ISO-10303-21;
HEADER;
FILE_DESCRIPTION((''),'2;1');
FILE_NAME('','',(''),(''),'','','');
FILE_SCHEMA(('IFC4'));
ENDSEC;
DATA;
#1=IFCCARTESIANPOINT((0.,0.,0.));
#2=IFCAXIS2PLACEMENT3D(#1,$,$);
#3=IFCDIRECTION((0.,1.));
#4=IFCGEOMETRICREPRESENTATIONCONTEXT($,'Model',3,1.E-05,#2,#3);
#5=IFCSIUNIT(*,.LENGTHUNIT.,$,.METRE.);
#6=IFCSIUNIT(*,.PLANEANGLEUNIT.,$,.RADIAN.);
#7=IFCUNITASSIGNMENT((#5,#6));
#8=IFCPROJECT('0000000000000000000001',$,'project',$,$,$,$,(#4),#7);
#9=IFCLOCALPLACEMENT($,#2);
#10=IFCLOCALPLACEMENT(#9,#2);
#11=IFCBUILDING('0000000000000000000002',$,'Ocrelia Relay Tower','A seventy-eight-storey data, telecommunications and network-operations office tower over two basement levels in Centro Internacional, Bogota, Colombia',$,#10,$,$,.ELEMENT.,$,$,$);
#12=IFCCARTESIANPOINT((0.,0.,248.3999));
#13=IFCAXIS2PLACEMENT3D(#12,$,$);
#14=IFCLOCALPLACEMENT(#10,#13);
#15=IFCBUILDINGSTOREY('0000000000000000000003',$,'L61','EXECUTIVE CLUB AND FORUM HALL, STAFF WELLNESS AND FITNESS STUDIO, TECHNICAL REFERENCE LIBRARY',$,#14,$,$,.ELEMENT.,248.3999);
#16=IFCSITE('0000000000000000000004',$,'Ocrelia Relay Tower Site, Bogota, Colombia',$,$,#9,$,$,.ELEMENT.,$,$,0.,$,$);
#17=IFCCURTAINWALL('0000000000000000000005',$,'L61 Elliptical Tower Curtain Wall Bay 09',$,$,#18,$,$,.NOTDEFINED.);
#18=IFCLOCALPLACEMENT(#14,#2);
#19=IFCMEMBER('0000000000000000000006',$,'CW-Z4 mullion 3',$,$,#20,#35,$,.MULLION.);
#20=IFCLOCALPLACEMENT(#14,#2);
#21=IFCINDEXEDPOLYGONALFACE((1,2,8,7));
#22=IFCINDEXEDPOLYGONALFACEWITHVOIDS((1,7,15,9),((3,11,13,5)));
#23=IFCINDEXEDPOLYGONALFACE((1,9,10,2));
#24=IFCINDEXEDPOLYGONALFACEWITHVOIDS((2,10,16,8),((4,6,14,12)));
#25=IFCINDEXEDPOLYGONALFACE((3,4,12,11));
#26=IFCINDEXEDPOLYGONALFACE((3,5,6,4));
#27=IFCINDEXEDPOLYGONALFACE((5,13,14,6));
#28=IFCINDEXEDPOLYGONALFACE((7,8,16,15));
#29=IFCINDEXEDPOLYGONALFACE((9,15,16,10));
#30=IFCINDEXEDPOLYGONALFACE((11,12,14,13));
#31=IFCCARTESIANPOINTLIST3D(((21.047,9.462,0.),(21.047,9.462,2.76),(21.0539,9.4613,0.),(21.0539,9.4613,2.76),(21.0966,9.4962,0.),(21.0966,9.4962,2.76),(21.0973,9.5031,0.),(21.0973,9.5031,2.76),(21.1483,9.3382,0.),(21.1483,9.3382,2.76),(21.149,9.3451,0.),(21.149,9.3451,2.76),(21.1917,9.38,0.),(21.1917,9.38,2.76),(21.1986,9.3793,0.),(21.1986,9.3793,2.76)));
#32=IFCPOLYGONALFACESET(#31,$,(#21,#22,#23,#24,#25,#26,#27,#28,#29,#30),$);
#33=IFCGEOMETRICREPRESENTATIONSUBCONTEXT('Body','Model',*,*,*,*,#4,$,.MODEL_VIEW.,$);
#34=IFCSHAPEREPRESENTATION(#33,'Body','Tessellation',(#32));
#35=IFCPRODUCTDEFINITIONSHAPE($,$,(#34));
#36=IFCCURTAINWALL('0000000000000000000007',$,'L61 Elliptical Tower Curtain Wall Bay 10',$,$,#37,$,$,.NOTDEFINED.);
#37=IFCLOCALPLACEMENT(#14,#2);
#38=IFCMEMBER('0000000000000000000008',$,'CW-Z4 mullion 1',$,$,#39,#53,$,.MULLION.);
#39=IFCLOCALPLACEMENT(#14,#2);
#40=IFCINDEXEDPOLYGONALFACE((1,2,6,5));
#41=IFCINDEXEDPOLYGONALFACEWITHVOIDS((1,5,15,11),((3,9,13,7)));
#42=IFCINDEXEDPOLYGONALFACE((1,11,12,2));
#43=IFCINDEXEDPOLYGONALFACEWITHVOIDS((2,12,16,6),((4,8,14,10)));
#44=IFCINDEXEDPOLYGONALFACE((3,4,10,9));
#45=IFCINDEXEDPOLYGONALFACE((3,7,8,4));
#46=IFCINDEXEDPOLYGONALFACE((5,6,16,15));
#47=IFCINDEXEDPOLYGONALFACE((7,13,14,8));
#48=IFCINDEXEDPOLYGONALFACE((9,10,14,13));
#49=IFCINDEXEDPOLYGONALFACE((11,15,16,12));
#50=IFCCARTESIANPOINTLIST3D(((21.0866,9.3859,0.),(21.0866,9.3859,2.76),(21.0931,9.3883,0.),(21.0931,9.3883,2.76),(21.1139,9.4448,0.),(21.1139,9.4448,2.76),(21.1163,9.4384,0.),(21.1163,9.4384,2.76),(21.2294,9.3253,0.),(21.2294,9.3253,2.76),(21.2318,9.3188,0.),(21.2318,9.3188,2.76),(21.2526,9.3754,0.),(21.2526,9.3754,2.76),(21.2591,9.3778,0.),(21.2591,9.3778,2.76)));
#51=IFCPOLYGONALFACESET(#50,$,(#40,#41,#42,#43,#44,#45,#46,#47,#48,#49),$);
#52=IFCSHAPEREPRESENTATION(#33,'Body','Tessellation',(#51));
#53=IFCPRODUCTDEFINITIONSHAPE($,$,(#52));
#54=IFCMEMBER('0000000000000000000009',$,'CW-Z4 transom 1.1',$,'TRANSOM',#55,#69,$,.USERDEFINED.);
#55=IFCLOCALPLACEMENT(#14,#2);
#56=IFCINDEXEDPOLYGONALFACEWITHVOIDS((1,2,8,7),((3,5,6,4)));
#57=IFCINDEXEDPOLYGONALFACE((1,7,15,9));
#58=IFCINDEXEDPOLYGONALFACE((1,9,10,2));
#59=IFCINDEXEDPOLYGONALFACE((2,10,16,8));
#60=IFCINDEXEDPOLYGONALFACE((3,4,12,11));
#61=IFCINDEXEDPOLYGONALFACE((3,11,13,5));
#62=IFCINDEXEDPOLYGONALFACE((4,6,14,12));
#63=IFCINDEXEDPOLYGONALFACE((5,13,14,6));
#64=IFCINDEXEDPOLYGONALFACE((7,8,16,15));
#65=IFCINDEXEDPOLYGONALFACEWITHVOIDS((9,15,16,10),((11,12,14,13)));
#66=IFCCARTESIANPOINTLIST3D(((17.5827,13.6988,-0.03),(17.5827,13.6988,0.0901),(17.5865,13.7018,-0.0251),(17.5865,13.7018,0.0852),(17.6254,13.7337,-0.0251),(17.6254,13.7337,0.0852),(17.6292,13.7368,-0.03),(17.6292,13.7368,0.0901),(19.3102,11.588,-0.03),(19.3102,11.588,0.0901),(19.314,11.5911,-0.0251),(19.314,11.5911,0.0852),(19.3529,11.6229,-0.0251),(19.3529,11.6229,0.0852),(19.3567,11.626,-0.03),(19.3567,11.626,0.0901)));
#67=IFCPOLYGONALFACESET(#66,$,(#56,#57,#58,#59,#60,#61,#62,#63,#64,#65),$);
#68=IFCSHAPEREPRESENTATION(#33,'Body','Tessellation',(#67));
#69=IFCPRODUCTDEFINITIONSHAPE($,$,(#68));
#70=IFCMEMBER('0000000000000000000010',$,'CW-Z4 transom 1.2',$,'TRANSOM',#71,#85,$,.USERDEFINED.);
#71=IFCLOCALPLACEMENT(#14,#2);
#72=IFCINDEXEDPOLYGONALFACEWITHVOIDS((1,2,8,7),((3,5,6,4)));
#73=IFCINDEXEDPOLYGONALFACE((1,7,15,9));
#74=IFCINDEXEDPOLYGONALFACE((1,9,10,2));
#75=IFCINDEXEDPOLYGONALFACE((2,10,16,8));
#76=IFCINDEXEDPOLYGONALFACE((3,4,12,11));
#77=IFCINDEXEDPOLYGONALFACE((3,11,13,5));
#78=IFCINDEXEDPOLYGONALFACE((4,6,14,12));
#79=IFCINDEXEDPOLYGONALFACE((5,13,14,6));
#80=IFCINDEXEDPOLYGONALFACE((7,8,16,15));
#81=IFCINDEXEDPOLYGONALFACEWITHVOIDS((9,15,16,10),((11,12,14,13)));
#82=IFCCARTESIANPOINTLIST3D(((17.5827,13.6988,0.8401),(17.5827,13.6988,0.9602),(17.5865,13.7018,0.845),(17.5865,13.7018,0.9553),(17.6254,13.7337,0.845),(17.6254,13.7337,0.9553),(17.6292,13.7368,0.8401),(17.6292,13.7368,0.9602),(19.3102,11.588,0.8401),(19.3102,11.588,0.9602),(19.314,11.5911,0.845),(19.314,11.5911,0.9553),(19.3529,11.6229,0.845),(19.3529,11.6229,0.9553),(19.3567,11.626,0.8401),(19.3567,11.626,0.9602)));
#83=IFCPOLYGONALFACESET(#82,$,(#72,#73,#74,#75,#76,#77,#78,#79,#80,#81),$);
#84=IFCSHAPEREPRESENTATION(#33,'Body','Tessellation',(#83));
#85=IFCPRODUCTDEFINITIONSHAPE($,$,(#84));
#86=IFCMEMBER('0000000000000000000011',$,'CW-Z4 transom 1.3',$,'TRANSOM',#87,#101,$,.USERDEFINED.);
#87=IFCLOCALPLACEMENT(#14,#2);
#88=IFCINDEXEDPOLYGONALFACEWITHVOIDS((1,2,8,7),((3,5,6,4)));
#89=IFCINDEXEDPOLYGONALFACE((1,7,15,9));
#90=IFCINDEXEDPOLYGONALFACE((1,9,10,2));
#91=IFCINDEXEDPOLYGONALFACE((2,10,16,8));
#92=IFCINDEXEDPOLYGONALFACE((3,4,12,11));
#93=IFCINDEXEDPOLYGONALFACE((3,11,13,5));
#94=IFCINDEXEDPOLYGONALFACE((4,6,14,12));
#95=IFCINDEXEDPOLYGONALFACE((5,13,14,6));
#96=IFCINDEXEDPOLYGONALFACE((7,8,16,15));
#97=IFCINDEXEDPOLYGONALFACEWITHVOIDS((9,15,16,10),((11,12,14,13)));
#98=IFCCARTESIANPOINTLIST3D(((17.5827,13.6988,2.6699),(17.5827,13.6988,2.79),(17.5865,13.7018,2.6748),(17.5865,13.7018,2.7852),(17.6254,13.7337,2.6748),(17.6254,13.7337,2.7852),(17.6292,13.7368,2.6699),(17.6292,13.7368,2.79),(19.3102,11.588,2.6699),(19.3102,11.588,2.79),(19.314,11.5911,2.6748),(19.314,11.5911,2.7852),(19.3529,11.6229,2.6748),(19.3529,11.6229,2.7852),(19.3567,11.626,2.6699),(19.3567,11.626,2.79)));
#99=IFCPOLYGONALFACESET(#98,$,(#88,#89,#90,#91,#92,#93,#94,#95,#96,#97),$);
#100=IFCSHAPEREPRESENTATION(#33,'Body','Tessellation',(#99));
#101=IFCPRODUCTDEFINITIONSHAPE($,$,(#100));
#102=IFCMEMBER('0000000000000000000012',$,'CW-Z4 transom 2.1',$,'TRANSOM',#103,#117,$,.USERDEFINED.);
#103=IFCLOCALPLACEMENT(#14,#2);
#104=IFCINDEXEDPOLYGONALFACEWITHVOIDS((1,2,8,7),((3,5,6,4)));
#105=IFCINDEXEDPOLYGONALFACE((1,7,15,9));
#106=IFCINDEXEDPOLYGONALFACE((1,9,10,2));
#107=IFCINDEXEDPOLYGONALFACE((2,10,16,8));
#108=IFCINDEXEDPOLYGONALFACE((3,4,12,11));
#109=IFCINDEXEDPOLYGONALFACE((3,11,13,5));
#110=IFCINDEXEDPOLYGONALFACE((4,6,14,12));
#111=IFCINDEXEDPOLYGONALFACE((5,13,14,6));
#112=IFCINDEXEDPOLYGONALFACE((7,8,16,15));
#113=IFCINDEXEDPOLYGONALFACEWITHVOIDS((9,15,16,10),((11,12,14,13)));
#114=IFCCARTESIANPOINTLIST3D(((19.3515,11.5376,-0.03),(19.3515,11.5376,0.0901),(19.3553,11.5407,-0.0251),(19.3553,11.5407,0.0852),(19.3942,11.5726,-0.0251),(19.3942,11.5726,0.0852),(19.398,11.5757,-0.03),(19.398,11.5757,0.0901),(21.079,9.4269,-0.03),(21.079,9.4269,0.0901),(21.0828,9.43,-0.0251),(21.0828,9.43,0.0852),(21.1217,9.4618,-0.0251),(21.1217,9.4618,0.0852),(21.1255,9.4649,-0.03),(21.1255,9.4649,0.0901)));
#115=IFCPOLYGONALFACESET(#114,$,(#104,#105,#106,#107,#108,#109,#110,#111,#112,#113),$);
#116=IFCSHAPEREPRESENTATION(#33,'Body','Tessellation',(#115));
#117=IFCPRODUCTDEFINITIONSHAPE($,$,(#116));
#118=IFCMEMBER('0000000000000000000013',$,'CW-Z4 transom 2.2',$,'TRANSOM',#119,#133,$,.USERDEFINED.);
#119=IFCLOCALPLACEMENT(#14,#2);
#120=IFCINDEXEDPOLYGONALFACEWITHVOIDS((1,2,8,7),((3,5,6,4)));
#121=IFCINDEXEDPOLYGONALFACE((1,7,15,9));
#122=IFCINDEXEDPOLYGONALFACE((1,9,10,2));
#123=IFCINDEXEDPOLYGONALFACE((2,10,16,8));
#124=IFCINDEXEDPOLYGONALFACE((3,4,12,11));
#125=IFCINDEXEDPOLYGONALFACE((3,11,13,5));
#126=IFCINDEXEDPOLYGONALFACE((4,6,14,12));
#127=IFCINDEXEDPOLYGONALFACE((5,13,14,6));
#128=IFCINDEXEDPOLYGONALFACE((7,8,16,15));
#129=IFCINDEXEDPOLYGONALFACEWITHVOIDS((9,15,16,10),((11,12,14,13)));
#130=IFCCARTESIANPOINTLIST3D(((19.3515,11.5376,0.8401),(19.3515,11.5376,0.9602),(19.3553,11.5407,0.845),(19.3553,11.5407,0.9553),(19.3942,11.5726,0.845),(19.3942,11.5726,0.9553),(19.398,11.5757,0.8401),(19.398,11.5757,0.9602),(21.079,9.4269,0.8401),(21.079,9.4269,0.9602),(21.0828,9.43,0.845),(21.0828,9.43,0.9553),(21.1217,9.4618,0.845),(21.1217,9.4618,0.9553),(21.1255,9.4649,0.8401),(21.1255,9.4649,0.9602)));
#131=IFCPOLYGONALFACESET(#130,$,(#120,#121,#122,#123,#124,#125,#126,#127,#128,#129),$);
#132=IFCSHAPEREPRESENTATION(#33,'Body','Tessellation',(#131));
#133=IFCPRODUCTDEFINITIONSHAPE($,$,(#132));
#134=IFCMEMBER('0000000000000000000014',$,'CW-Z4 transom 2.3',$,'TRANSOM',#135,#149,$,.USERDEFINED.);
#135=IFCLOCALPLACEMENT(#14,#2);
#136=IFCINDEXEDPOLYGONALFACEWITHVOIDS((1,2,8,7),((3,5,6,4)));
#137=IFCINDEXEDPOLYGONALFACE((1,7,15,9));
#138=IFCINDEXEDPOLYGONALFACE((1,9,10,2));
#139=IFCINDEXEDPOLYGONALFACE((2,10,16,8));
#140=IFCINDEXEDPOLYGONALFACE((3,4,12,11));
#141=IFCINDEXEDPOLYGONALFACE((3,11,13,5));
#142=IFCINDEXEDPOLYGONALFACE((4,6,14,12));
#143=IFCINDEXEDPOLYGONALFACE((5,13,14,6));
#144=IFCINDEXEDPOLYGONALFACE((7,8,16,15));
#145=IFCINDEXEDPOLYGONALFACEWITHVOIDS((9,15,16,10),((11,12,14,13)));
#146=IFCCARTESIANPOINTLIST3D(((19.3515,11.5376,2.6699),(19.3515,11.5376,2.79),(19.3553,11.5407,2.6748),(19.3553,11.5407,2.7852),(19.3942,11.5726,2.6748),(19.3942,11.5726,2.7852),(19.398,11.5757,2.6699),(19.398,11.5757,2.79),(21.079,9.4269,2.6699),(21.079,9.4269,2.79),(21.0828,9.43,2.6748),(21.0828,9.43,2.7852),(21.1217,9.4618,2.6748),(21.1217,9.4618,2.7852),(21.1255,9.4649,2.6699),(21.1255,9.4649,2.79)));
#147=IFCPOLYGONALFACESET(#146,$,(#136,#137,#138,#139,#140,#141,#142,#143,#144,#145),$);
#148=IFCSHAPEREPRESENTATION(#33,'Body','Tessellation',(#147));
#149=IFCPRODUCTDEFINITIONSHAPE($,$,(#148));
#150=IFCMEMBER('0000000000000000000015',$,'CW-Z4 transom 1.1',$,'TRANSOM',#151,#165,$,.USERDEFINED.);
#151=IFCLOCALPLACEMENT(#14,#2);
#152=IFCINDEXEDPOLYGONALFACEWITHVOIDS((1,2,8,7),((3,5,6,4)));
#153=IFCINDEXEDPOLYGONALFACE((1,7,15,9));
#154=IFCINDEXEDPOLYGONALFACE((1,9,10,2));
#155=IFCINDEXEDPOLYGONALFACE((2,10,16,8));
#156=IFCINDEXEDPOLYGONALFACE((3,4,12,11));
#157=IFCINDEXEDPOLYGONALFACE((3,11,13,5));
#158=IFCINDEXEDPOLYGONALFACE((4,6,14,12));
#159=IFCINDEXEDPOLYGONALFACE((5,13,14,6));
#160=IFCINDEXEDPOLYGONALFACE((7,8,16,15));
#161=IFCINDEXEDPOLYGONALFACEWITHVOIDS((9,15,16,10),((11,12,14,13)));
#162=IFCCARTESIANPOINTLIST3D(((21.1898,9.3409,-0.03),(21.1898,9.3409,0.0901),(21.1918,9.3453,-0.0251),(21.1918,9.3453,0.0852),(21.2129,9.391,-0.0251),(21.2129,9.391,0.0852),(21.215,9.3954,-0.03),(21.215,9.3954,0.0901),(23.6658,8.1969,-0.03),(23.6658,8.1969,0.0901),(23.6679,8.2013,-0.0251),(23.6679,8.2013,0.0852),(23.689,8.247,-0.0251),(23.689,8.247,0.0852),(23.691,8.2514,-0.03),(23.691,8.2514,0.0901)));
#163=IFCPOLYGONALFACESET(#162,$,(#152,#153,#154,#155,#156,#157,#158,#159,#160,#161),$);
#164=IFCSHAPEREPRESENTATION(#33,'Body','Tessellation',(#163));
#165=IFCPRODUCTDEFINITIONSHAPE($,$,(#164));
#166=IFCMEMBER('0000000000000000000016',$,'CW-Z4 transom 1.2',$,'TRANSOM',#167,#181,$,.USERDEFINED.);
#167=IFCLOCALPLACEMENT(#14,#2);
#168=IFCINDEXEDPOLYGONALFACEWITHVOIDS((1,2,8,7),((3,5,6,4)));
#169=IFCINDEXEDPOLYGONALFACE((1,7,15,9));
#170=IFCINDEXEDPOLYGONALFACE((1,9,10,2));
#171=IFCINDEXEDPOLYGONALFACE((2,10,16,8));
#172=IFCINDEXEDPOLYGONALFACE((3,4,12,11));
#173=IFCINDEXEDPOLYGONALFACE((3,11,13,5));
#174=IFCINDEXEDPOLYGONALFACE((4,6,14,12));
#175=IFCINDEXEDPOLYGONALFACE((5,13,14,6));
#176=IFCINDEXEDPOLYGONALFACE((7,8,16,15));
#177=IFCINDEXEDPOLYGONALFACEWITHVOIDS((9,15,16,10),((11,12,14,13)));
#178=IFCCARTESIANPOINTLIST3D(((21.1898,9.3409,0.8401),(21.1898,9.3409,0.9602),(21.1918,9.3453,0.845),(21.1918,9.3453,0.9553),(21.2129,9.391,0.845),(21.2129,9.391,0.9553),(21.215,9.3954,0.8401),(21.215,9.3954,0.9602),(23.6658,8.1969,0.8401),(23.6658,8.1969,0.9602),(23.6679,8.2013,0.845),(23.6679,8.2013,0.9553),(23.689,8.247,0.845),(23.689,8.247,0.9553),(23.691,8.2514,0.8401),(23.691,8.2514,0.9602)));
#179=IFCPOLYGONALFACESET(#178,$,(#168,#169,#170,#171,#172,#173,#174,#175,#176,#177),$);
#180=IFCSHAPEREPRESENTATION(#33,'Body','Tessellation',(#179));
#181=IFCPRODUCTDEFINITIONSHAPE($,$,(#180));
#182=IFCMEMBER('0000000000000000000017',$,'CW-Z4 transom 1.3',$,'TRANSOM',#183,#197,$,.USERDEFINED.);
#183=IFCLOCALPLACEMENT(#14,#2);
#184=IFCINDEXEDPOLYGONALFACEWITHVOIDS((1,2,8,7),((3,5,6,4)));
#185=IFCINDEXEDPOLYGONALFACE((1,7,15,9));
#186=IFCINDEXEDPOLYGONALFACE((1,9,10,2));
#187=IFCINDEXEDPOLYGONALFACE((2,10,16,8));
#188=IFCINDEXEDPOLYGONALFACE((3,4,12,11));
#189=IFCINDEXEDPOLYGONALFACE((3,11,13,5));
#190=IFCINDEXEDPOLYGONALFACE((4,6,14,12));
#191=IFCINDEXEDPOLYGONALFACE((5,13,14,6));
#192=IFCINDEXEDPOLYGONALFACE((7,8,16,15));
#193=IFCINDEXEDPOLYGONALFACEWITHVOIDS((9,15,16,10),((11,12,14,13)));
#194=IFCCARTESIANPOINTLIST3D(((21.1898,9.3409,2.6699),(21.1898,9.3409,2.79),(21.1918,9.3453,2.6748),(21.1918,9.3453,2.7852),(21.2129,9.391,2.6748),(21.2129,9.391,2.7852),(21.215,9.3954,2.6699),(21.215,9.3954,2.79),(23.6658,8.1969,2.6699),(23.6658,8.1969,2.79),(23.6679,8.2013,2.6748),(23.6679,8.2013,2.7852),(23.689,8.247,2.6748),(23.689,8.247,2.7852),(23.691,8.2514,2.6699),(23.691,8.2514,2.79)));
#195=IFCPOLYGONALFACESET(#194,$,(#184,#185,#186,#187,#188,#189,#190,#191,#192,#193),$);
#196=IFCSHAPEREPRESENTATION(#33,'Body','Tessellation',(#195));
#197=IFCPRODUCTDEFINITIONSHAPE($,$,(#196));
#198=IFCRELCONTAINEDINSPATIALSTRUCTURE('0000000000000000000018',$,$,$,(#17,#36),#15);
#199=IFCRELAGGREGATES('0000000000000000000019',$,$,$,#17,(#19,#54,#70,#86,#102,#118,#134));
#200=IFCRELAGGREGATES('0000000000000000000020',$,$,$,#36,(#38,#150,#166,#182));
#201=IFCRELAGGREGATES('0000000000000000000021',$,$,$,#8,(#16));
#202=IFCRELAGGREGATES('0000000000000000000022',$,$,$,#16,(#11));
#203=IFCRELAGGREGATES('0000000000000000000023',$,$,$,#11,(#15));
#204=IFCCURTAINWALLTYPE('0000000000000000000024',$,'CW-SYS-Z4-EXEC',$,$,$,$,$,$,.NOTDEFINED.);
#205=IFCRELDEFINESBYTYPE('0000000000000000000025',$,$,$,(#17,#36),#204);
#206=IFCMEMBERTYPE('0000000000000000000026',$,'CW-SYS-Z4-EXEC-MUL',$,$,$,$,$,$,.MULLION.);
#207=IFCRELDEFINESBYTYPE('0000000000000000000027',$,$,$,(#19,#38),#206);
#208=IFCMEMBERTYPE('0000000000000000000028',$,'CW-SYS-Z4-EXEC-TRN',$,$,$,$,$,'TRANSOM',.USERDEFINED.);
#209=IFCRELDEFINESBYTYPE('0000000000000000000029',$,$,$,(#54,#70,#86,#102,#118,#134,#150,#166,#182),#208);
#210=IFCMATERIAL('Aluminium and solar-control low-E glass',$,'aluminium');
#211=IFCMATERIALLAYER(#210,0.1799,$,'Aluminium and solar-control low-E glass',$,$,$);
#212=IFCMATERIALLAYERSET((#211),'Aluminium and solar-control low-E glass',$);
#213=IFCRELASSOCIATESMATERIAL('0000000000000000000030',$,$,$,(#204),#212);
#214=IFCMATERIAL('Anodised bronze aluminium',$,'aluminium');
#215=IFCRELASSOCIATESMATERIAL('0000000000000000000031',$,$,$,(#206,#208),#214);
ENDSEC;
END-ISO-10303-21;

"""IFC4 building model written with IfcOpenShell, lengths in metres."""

from ifc_helpers import new_model, si_unit, direction, frame, origin, origin_2d, place, context, subcontext, project, spatial, hollow_rectangle, extrude, material, layer, layer_set, material_profile, profile_set, type_object, element, aggregate, save


model = new_model("IFC4")

# Units and contexts
model_context = context("Model", 3, precision=1e-05, world=origin(), true_north=direction((0.0, 1.0)))
body_context = subcontext(model_context, "Body", "Model", "MODEL_VIEW")
ifc_project = project(units=[si_unit("LENGTHUNIT", "METRE"), si_unit("PLANEANGLEUNIT", "RADIAN")], contexts=[model_context])

# Site, building, storey
site_placement = place(None, origin())
site = spatial("IfcSite", under=ifc_project, at=site_placement, Name="Ocrelia Relay Tower Site, Bogota, Colombia", CompositionType="ELEMENT", RefElevation=0.0)
building_placement = place(site_placement, origin())
building = spatial("IfcBuilding", under=site, at=building_placement, Name="Ocrelia Relay Tower", Description="A seventy-eight-storey data, telecommunications and network-operations office tower over two basement levels in Centro Internacional, Bogota, Colombia", CompositionType="ELEMENT")
storey_placement = place(building_placement, frame((0.0, 0.0, 248.3999)))
storey = spatial("IfcBuildingStorey", under=building, at=storey_placement, Name="L61", Description="EXECUTIVE CLUB AND FORUM HALL, STAFF WELLNESS AND FITNESS STUDIO, TECHNICAL REFERENCE LIBRARY", CompositionType="ELEMENT", Elevation=248.3999)

# Curtain wall, member
ifc_material_1 = material(Name="Aluminium and solar-control low-E glass", Category="aluminium")
ifc_layer_1 = layer(ifc_material_1, 0.1799, Name="Aluminium and solar-control low-E glass")
ifc_layer_set_1 = layer_set([ifc_layer_1], Name="Aluminium and solar-control low-E glass")
curtain_wall_type = type_object("IfcCurtainWallType", Name="CW-SYS-Z4-EXEC", PredefinedType="NOTDEFINED", material=ifc_layer_set_1)
curtain_wall_1_placement = place(storey_placement, origin())
curtain_wall_1 = element("IfcCurtainWall", 1, at=curtain_wall_1_placement, inside=storey, type_object=curtain_wall_type, Name="L61 Elliptical Tower Curtain Wall Bay 09", PredefinedType="NOTDEFINED")
ifc_material_2 = material(Name="Anodised bronze aluminium", Category="aluminium")
ifc_material_profile_1 = material_profile(ifc_material_2, hollow_rectangle(XDim=0.0649, YDim=0.1599, WallThickness=0.0049, at=origin_2d()), Name="CW-MUL-160x65")
ifc_profile_set_1 = profile_set([ifc_material_profile_1], Name="Anodised bronze aluminium")
member_type_1 = type_object("IfcMemberType", Name="CW-SYS-Z4-EXEC-MUL", PredefinedType="MULLION", material=ifc_profile_set_1)
member_1_placement = place(storey_placement, frame((21.1228, 9.4207, 0.0), z_axis=(0.0, 0.0, 1.0), x_axis=(0.773869, 0.633346, 0.0)))
member_1 = element("IfcMember", 2, at=member_1_placement, type_object=member_type_1, Name="CW-Z4 mullion 3", PredefinedType="MULLION", context=body_context, shape_type="SweptSolid", body=[
    extrude(hollow_rectangle(XDim=0.0649, YDim=0.1599, WallThickness=0.0049, at=origin_2d()), origin(), (0.0, 0.0, 1.0), 2.76),
])

# Curtain wall, member
curtain_wall_2_placement = place(storey_placement, origin())
curtain_wall_2 = element("IfcCurtainWall", 3, at=curtain_wall_2_placement, inside=storey, type_object=curtain_wall_type, Name="L61 Elliptical Tower Curtain Wall Bay 10", PredefinedType="NOTDEFINED")
member_2_placement = place(storey_placement, frame((21.1729, 9.3818, 0.0), z_axis=(0.0, 0.0, 1.0), x_axis=(0.419413, 0.907796, 0.0)))
member_2 = element("IfcMember", 4, at=member_2_placement, type_object=member_type_1, Name="CW-Z4 mullion 1", PredefinedType="MULLION", context=body_context, shape_type="SweptSolid", body=[
    extrude(hollow_rectangle(XDim=0.0649, YDim=0.1599, WallThickness=0.0049, at=origin_2d()), origin(), (0.0, 0.0, 1.0), 2.76),
])

# Members
ifc_material_profile_2 = material_profile(ifc_material_2, hollow_rectangle(XDim=0.0601, YDim=0.1201, WallThickness=0.0049, at=origin_2d()), Name="CW-TRN-120x60")
ifc_profile_set_2 = profile_set([ifc_material_profile_2], Name="Anodised bronze aluminium")
member_type_2 = type_object("IfcMemberType", Name="CW-SYS-Z4-EXEC-TRN", ElementType="TRANSOM", PredefinedType="USERDEFINED", material=ifc_profile_set_2)
member_3_placement = place(storey_placement, frame((17.606, 13.7178, 0.03), z_axis=(0.633345, -0.77387, 0.0), x_axis=(0.77387, 0.633345, 0.0)))
member_3 = element("IfcMember", 5, at=member_3_placement, type_object=member_type_2, Name="CW-Z4 transom 1.1", ObjectType="TRANSOM", PredefinedType="USERDEFINED", context=body_context, shape_type="SweptSolid", body=[
    extrude(hollow_rectangle(XDim=0.0601, YDim=0.1201, WallThickness=0.0049, at=origin_2d()), origin(), (0.0, 0.0, 1.0), 2.7275),
])
member_4_placement = place(storey_placement, frame((17.606, 13.7178, 0.9001), z_axis=(0.633345, -0.77387, 0.0), x_axis=(0.77387, 0.633345, 0.0)))
member_4 = element("IfcMember", 6, at=member_4_placement, type_object=member_type_2, Name="CW-Z4 transom 1.2", ObjectType="TRANSOM", PredefinedType="USERDEFINED", context=body_context, shape_type="SweptSolid", body=[
    extrude(hollow_rectangle(XDim=0.0601, YDim=0.1201, WallThickness=0.0049, at=origin_2d()), origin(), (0.0, 0.0, 1.0), 2.7275),
])
member_5_placement = place(storey_placement, frame((17.606, 13.7178, 2.73), z_axis=(0.633345, -0.77387, 0.0), x_axis=(0.77387, 0.633345, 0.0)))
member_5 = element("IfcMember", 7, at=member_5_placement, type_object=member_type_2, Name="CW-Z4 transom 1.3", ObjectType="TRANSOM", PredefinedType="USERDEFINED", context=body_context, shape_type="SweptSolid", body=[
    extrude(hollow_rectangle(XDim=0.0601, YDim=0.1201, WallThickness=0.0049, at=origin_2d()), origin(), (0.0, 0.0, 1.0), 2.7275),
])
member_6_placement = place(storey_placement, frame((19.3748, 11.5566, 0.03), z_axis=(0.633345, -0.77387, 0.0), x_axis=(0.77387, 0.633345, 0.0)))
member_6 = element("IfcMember", 8, at=member_6_placement, type_object=member_type_2, Name="CW-Z4 transom 2.1", ObjectType="TRANSOM", PredefinedType="USERDEFINED", context=body_context, shape_type="SweptSolid", body=[
    extrude(hollow_rectangle(XDim=0.0601, YDim=0.1201, WallThickness=0.0049, at=origin_2d()), origin(), (0.0, 0.0, 1.0), 2.7275),
])
member_7_placement = place(storey_placement, frame((19.3748, 11.5566, 0.9001), z_axis=(0.633345, -0.77387, 0.0), x_axis=(0.77387, 0.633345, 0.0)))
member_7 = element("IfcMember", 9, at=member_7_placement, type_object=member_type_2, Name="CW-Z4 transom 2.2", ObjectType="TRANSOM", PredefinedType="USERDEFINED", context=body_context, shape_type="SweptSolid", body=[
    extrude(hollow_rectangle(XDim=0.0601, YDim=0.1201, WallThickness=0.0049, at=origin_2d()), origin(), (0.0, 0.0, 1.0), 2.7275),
])
member_8_placement = place(storey_placement, frame((19.3748, 11.5566, 2.73), z_axis=(0.633345, -0.77387, 0.0), x_axis=(0.77387, 0.633345, 0.0)))
member_8 = element("IfcMember", 10, at=member_8_placement, type_object=member_type_2, Name="CW-Z4 transom 2.3", ObjectType="TRANSOM", PredefinedType="USERDEFINED", context=body_context, shape_type="SweptSolid", body=[
    extrude(hollow_rectangle(XDim=0.0601, YDim=0.1201, WallThickness=0.0049, at=origin_2d()), origin(), (0.0, 0.0, 1.0), 2.7275),
])
member_9_placement = place(storey_placement, frame((21.2024, 9.3682, 0.03), z_axis=(0.907786, -0.419433, 0.0), x_axis=(0.419433, 0.907786, 0.0)))
member_9 = element("IfcMember", 11, at=member_9_placement, type_object=member_type_2, Name="CW-Z4 transom 1.1", ObjectType="TRANSOM", PredefinedType="USERDEFINED", context=body_context, shape_type="SweptSolid", body=[
    extrude(hollow_rectangle(XDim=0.0601, YDim=0.1201, WallThickness=0.0049, at=origin_2d()), origin(), (0.0, 0.0, 1.0), 2.7275),
])
member_10_placement = place(storey_placement, frame((21.2024, 9.3682, 0.9001), z_axis=(0.907786, -0.419433, 0.0), x_axis=(0.419433, 0.907786, 0.0)))
member_10 = element("IfcMember", 12, at=member_10_placement, type_object=member_type_2, Name="CW-Z4 transom 1.2", ObjectType="TRANSOM", PredefinedType="USERDEFINED", context=body_context, shape_type="SweptSolid", body=[
    extrude(hollow_rectangle(XDim=0.0601, YDim=0.1201, WallThickness=0.0049, at=origin_2d()), origin(), (0.0, 0.0, 1.0), 2.7275),
])
member_11_placement = place(storey_placement, frame((21.2024, 9.3682, 2.73), z_axis=(0.907786, -0.419433, 0.0), x_axis=(0.419433, 0.907786, 0.0)))
member_11 = element("IfcMember", 13, at=member_11_placement, type_object=member_type_2, Name="CW-Z4 transom 1.3", ObjectType="TRANSOM", PredefinedType="USERDEFINED", context=body_context, shape_type="SweptSolid", body=[
    extrude(hollow_rectangle(XDim=0.0601, YDim=0.1201, WallThickness=0.0049, at=origin_2d()), origin(), (0.0, 0.0, 1.0), 2.7275),
])

aggregate(curtain_wall_1, [member_1, member_3, member_4, member_5, member_6, member_7, member_8])
aggregate(curtain_wall_2, [member_2, member_9, member_10, member_11])

save(model, "model.ifc")
